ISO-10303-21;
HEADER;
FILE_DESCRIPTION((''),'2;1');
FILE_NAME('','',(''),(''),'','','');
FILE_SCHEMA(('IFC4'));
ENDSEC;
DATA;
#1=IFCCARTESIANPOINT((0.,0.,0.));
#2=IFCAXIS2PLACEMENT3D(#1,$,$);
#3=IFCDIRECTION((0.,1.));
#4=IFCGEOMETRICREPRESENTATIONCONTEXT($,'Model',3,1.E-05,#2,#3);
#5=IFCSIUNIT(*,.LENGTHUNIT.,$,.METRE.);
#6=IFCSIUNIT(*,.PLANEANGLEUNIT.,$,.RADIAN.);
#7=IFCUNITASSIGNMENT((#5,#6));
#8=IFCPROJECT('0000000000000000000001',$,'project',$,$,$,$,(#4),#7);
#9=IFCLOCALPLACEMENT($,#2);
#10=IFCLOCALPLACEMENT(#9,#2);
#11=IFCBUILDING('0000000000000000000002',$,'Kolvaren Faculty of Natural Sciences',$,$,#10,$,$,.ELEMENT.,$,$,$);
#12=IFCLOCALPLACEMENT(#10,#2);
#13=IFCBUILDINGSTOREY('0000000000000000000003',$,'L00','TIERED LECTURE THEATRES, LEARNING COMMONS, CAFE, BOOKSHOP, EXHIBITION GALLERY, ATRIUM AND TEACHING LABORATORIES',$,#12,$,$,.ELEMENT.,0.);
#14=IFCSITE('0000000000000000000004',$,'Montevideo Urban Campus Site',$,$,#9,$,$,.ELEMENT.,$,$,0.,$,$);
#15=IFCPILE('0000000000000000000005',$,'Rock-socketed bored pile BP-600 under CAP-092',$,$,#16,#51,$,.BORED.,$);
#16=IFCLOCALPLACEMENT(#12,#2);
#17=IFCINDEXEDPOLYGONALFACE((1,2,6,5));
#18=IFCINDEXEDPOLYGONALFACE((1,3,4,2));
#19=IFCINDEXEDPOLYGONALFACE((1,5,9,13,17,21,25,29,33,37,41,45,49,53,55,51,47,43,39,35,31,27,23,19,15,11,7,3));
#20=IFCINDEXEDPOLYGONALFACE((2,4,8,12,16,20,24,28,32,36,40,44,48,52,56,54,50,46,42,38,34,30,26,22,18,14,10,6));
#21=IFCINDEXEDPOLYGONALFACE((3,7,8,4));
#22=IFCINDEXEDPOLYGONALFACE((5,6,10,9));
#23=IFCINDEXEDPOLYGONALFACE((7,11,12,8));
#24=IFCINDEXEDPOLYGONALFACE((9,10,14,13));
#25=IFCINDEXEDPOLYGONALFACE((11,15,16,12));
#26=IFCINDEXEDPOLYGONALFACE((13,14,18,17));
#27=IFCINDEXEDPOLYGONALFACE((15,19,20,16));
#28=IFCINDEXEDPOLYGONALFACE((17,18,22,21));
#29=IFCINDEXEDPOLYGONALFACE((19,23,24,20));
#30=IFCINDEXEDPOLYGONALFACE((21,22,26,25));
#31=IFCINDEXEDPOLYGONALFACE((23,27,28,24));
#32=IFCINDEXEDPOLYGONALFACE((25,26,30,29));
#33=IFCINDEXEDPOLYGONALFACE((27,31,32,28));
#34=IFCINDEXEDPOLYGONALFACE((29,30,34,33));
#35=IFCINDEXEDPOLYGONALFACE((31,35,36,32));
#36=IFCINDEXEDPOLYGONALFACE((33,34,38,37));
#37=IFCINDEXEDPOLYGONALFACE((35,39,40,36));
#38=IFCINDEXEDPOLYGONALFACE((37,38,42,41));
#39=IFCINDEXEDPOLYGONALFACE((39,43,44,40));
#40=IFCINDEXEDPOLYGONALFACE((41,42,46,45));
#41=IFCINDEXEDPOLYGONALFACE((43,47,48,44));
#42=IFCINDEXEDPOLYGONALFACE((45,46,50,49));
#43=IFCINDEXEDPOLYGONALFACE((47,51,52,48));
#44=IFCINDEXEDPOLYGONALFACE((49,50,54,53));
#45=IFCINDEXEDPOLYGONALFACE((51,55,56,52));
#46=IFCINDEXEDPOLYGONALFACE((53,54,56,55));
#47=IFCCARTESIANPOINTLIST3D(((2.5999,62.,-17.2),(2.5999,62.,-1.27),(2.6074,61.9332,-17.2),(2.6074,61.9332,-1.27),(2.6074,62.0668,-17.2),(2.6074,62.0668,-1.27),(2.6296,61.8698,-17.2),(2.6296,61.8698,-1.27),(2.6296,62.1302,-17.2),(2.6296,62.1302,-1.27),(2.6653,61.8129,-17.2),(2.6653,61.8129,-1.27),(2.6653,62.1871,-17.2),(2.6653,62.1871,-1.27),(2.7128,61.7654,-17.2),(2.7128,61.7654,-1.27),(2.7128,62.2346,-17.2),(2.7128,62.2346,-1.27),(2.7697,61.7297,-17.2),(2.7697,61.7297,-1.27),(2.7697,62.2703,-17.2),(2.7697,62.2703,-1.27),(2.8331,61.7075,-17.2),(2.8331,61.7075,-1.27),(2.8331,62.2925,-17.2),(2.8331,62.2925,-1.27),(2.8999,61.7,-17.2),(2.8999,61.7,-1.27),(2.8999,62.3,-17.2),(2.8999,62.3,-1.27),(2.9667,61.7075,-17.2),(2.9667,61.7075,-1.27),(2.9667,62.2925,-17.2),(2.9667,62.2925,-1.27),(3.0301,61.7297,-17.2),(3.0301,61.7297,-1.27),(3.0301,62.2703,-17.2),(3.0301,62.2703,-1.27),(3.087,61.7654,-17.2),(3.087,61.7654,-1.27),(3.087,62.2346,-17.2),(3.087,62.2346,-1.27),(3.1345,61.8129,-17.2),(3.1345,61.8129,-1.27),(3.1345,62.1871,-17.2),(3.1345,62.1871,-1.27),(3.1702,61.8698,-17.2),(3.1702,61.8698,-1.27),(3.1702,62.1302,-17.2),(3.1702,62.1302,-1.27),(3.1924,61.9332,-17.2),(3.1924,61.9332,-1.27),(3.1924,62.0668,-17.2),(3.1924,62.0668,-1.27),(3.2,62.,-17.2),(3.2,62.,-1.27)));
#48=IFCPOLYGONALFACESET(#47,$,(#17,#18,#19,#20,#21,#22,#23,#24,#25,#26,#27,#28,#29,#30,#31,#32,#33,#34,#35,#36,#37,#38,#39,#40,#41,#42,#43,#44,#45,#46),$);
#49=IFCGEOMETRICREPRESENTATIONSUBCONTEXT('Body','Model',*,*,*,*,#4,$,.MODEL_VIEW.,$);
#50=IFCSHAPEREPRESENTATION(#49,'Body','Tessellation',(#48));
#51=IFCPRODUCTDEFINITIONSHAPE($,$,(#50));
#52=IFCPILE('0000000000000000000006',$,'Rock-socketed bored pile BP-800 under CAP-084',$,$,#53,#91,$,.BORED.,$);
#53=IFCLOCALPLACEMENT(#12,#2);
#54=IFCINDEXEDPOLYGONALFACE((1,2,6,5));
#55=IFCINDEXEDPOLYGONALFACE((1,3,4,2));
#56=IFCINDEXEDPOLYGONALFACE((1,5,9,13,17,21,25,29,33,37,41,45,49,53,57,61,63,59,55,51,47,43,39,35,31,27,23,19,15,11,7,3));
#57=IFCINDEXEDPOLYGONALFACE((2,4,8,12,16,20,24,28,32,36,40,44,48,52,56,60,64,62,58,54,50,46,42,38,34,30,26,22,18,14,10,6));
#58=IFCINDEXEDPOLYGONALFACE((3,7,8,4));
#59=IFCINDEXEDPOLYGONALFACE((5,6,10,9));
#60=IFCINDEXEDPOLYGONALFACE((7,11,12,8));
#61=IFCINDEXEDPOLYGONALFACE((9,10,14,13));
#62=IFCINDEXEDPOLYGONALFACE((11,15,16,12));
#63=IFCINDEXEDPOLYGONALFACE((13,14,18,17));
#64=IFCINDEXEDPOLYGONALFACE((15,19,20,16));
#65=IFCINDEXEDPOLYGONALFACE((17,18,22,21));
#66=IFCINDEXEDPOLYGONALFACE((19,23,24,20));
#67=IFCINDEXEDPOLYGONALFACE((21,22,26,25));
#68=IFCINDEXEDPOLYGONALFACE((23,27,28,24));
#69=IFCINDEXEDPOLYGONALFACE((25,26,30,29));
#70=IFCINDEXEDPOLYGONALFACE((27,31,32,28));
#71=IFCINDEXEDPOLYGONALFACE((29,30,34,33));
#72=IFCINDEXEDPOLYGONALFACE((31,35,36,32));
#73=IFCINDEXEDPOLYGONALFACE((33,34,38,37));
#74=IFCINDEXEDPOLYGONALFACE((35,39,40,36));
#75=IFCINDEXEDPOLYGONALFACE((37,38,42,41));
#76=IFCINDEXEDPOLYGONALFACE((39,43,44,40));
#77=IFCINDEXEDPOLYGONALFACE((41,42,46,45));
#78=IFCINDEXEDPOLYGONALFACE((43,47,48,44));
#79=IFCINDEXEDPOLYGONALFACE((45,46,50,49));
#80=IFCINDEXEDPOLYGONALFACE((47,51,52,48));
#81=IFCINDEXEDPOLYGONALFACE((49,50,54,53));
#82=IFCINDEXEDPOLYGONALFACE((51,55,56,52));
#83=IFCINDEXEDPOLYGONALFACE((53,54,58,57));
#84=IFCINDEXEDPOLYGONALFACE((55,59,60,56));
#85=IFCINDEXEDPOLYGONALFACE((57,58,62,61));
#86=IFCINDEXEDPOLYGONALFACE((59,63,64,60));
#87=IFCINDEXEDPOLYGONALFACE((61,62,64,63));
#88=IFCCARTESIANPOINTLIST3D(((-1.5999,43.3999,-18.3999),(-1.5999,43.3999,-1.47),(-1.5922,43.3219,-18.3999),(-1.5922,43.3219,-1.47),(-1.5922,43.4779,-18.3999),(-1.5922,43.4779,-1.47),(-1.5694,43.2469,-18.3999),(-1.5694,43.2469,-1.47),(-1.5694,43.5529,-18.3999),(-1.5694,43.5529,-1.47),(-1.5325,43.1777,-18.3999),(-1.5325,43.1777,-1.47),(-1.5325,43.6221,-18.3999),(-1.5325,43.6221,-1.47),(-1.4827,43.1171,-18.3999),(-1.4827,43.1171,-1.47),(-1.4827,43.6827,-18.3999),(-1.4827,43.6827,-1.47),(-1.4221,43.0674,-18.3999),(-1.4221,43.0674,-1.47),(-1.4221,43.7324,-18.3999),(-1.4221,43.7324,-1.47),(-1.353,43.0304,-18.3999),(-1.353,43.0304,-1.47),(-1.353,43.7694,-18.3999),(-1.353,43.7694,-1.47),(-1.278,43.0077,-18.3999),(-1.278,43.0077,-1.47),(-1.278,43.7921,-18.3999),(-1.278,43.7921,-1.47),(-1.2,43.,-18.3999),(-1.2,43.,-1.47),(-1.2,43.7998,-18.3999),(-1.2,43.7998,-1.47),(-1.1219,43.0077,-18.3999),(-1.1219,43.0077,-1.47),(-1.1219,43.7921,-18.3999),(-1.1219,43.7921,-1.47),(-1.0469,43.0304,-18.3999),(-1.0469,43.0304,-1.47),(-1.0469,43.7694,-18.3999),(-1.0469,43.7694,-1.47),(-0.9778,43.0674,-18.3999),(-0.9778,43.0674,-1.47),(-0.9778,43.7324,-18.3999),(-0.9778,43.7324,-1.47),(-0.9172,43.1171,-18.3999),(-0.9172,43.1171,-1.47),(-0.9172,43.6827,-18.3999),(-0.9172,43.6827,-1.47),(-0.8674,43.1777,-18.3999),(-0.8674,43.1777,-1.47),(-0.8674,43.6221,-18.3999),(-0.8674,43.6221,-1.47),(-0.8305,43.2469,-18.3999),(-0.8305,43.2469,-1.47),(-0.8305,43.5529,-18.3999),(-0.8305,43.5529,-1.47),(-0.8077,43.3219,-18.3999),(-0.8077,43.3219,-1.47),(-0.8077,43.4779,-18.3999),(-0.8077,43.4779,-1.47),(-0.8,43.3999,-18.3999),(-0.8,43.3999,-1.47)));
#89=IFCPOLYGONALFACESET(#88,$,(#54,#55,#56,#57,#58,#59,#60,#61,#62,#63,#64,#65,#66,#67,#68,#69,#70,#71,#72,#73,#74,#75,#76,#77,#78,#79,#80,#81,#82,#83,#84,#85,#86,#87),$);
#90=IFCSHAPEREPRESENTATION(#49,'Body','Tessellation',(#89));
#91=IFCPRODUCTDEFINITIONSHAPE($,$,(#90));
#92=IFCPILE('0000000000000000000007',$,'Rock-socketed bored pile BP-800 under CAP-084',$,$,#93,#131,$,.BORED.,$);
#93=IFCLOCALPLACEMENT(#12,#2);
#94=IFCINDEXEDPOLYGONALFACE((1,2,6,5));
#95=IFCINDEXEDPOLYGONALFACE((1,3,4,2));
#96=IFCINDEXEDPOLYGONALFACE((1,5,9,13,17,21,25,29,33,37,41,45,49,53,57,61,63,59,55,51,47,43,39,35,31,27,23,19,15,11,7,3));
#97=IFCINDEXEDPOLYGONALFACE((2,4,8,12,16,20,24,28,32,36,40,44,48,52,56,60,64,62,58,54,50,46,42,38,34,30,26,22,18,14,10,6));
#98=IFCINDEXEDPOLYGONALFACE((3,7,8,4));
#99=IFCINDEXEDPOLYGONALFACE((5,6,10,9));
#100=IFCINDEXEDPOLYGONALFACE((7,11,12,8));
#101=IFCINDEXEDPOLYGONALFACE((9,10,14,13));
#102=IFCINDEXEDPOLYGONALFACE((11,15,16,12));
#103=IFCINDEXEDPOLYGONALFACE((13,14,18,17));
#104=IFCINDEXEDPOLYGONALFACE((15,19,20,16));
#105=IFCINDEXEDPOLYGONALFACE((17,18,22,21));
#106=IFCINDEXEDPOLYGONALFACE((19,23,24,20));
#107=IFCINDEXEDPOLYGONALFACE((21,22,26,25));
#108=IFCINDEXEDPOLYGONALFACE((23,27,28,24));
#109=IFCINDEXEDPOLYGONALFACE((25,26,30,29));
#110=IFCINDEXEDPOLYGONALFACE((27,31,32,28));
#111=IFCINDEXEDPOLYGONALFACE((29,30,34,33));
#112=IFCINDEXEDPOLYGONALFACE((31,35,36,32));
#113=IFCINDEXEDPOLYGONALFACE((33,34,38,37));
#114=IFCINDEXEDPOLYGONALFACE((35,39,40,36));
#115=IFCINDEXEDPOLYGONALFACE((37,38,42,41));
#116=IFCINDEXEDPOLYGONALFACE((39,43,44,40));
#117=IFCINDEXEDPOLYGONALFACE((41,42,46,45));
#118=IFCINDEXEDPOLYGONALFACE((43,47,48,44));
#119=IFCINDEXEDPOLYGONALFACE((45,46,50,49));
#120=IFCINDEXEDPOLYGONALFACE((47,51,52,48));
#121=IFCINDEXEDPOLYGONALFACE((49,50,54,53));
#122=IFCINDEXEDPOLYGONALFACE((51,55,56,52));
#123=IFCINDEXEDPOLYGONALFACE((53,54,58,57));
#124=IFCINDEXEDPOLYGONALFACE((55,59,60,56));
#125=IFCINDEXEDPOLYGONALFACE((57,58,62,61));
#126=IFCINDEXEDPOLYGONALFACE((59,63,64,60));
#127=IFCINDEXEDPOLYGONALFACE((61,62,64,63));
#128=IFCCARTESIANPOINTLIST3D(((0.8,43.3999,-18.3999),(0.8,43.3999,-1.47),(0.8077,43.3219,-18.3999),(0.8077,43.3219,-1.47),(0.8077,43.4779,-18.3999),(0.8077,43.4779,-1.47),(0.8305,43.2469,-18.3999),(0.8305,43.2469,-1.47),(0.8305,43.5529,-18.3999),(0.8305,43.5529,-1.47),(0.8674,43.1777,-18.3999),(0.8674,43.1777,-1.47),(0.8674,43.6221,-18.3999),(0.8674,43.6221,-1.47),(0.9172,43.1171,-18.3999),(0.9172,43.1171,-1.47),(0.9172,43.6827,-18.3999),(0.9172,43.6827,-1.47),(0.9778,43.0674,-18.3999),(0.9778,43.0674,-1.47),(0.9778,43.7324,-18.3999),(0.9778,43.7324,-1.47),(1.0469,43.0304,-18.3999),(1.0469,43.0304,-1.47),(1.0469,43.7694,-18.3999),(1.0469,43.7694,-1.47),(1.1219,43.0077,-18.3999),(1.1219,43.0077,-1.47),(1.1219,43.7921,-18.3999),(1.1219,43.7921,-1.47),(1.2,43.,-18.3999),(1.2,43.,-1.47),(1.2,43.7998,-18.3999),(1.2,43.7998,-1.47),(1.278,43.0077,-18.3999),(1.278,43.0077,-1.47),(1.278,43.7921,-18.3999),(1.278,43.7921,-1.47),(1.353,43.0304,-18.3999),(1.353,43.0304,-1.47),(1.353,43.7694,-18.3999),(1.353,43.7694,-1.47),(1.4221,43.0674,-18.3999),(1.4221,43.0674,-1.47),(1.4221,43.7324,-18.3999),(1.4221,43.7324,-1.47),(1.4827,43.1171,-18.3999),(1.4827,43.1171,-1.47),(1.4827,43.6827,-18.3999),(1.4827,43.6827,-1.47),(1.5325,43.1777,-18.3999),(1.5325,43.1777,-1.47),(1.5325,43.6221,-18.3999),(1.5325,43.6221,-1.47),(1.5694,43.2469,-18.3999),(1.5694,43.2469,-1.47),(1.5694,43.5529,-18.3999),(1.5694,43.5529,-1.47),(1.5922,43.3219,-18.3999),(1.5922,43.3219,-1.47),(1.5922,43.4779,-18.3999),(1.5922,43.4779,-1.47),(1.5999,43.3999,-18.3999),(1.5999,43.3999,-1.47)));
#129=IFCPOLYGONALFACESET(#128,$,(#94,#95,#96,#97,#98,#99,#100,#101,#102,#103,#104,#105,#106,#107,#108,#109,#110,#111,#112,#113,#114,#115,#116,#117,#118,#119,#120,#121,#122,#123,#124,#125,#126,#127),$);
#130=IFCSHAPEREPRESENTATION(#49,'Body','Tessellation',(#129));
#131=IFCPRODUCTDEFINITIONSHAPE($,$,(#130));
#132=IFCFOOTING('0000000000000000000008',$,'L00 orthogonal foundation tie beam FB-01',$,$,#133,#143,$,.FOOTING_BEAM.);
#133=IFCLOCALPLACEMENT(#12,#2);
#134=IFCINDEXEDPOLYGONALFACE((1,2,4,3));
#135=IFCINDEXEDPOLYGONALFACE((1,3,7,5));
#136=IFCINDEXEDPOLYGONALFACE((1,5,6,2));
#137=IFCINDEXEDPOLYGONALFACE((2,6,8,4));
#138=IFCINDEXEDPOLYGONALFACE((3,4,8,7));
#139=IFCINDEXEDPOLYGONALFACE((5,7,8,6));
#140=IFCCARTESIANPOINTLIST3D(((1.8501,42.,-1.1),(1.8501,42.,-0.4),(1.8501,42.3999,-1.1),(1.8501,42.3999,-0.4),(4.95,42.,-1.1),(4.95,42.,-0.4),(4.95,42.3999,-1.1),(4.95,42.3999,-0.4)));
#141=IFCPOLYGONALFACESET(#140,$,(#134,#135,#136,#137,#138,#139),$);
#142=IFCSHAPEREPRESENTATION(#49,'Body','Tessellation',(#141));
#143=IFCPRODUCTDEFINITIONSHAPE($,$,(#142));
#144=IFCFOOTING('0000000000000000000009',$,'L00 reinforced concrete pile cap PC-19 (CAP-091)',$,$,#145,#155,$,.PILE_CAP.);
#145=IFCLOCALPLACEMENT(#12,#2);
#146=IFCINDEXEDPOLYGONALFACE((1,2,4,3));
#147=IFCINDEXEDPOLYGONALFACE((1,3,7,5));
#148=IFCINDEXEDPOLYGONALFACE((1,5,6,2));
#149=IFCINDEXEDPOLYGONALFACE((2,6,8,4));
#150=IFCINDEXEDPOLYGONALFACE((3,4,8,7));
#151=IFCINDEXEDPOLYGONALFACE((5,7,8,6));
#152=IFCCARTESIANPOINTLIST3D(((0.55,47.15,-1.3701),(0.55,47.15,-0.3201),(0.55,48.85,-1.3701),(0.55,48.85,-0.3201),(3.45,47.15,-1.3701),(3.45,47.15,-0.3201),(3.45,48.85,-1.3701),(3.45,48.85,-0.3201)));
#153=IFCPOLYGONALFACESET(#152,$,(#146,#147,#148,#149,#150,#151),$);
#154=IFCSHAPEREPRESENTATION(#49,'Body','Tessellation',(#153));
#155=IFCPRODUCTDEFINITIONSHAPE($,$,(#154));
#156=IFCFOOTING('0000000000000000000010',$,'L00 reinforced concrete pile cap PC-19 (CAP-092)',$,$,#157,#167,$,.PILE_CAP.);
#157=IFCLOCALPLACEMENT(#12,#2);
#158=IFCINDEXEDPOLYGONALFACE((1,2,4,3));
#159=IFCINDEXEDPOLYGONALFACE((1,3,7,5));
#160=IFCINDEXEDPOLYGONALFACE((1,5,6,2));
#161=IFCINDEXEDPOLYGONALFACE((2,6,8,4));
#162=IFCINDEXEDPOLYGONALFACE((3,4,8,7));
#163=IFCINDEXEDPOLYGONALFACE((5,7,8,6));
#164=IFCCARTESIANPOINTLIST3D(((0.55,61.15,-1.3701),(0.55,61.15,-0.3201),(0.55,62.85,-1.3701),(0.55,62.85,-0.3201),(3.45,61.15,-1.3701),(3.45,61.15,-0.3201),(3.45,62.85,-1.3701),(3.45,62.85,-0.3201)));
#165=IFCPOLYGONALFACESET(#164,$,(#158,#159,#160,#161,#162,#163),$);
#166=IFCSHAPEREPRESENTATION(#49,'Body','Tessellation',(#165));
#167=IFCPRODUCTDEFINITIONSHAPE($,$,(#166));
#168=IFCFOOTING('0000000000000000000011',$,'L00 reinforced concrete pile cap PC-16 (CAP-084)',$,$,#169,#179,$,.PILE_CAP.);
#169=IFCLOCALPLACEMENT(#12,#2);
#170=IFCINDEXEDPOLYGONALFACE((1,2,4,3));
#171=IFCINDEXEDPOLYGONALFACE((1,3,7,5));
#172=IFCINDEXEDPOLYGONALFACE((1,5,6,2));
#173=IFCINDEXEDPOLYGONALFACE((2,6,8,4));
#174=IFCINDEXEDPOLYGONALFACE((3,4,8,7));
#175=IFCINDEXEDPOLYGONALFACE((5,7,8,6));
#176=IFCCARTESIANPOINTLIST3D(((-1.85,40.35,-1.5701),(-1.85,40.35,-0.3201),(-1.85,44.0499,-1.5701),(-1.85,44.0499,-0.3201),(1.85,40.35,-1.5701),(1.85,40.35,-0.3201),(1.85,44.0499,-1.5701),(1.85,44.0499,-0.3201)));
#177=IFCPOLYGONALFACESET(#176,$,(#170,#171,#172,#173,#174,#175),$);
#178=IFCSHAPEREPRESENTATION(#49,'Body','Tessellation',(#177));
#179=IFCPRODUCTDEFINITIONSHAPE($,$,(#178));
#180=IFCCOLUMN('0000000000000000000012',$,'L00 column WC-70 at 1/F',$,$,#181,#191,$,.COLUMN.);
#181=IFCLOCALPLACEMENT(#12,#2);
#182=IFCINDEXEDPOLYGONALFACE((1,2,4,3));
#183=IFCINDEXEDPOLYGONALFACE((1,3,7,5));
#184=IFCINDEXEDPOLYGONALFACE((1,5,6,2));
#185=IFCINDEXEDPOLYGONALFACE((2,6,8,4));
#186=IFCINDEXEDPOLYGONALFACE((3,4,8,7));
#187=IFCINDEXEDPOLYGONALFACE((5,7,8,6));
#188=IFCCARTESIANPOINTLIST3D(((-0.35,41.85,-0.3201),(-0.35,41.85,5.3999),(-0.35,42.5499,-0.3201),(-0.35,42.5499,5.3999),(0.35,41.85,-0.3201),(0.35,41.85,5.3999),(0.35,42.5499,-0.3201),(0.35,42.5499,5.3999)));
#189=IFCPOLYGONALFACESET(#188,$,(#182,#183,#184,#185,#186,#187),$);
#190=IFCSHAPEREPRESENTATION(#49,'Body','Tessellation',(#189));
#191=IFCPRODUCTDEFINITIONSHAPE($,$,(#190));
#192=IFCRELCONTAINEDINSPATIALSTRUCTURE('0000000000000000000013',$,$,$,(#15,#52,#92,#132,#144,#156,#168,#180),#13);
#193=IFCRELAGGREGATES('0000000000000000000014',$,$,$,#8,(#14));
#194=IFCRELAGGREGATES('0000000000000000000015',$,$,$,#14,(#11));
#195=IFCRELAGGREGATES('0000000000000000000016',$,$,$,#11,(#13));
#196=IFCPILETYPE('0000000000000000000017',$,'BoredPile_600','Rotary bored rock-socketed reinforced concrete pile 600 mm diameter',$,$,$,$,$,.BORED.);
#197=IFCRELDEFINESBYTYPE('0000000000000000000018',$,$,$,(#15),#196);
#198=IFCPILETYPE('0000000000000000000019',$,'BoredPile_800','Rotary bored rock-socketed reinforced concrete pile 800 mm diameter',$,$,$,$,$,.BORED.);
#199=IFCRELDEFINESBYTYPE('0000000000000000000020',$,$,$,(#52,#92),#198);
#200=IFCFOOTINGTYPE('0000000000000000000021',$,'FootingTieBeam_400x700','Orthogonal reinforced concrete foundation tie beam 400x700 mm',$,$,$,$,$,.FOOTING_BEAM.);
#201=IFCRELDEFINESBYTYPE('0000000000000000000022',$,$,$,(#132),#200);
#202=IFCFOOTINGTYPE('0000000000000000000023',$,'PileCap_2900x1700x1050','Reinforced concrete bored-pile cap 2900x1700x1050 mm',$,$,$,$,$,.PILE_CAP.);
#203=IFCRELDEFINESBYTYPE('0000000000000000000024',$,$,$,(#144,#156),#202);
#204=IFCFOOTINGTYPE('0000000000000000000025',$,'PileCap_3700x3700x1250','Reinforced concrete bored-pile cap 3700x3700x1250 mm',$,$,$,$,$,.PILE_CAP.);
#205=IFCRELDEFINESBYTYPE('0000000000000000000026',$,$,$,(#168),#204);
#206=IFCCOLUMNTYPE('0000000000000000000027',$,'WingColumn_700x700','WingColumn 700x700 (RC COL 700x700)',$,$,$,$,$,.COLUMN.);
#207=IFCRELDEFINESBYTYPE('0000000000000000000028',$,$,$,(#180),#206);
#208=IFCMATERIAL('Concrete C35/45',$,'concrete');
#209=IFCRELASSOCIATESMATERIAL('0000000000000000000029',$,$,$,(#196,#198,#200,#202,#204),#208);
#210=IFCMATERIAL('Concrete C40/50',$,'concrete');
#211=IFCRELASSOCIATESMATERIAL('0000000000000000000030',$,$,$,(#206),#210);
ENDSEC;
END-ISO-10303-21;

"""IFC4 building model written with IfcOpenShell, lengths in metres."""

from ifc_helpers import new_model, si_unit, direction, frame, origin, origin_2d, place, context, subcontext, project, spatial, rectangle, circle, extrude, material, material_profile, profile_set, type_object, element, save


model = new_model("IFC4")

# Units and contexts
model_context = context("Model", 3, precision=1e-05, world=origin(), true_north=direction((0.0, 1.0)))
body_context = subcontext(model_context, "Body", "Model", "MODEL_VIEW")
ifc_project = project(units=[si_unit("LENGTHUNIT", "METRE"), si_unit("PLANEANGLEUNIT", "RADIAN")], contexts=[model_context])

# Site, building, storey
site_placement = place(None, origin())
site = spatial("IfcSite", under=ifc_project, at=site_placement, Name="Montevideo Urban Campus Site", CompositionType="ELEMENT", RefElevation=0.0)
building_placement = place(site_placement, origin())
building = spatial("IfcBuilding", under=site, at=building_placement, Name="Kolvaren Faculty of Natural Sciences", CompositionType="ELEMENT")
storey_placement = place(building_placement, origin())
storey = spatial("IfcBuildingStorey", under=building, at=storey_placement, Name="L00", Description="TIERED LECTURE THEATRES, LEARNING COMMONS, CAFE, BOOKSHOP, EXHIBITION GALLERY, ATRIUM AND TEACHING LABORATORIES", CompositionType="ELEMENT", Elevation=0.0)

# Piles
ifc_material_1 = material(Name="Concrete C35/45", Category="concrete")
ifc_material_profile_1 = material_profile(ifc_material_1, circle(Radius=0.3, at=origin_2d()), Name="PILE D600")
ifc_profile_set_1 = profile_set([ifc_material_profile_1], Name="Concrete C35/45")
pile_type_1 = type_object("IfcPileType", Name="BoredPile_600", Description="Rotary bored rock-socketed reinforced concrete pile 600 mm diameter", PredefinedType="BORED", material=ifc_profile_set_1)
for number, where, z_axis, x_axis, name in (
    (1, (2.8999, 62.0, -1.27), (0.0, 0.0, -1.0), (1.0, 0.0, 0.0), "Rock-socketed bored pile BP-600 under CAP-092"),
):
    element("IfcPile", number, at=place(storey_placement, frame(where, z_axis=z_axis, x_axis=x_axis)), inside=storey, type_object=pile_type_1, Name=name, PredefinedType="BORED", context=body_context, shape_type="SweptSolid", body=[
        extrude(circle(Radius=0.3, at=origin_2d()), origin(), (0.0, 0.0, 1.0), 15.9299),
    ])
ifc_material_profile_2 = material_profile(ifc_material_1, circle(Radius=0.3999, at=origin_2d()), Name="PILE D800")
ifc_profile_set_2 = profile_set([ifc_material_profile_2], Name="Concrete C35/45")
pile_type_2 = type_object("IfcPileType", Name="BoredPile_800", Description="Rotary bored rock-socketed reinforced concrete pile 800 mm diameter", PredefinedType="BORED", material=ifc_profile_set_2)
for number, where, z_axis, x_axis, name in (
    (2, (-1.2, 43.3999, -1.47), (0.0, 0.0, -1.0), (1.0, 0.0, 0.0), "Rock-socketed bored pile BP-800 under CAP-084"),
    (3, (1.2, 43.3999, -1.47), (0.0, 0.0, -1.0), (1.0, 0.0, 0.0), "Rock-socketed bored pile BP-800 under CAP-084"),
):
    element("IfcPile", number, at=place(storey_placement, frame(where, z_axis=z_axis, x_axis=x_axis)), inside=storey, type_object=pile_type_2, Name=name, PredefinedType="BORED", context=body_context, shape_type="SweptSolid", body=[
        extrude(circle(Radius=0.3999, at=origin_2d()), origin(), (0.0, 0.0, 1.0), 16.9299),
    ])

# Footings
ifc_material_profile_3 = material_profile(ifc_material_1, rectangle(XDim=0.3999, YDim=0.7, at=origin_2d()), Name="RC FB 400x700")
ifc_profile_set_3 = profile_set([ifc_material_profile_3], Name="Concrete C35/45")
footing_type_1 = type_object("IfcFootingType", Name="FootingTieBeam_400x700", Description="Orthogonal reinforced concrete foundation tie beam 400x700 mm", PredefinedType="FOOTING_BEAM", material=ifc_profile_set_3)
footing_1_placement = place(storey_placement, frame((1.8501, 42.2, -0.75), z_axis=(1.0, 0.0, 0.0), x_axis=(0.0, 1.0, 0.0)))
element("IfcFooting", 4, at=footing_1_placement, inside=storey, type_object=footing_type_1, Name="L00 orthogonal foundation tie beam FB-01", PredefinedType="FOOTING_BEAM", context=body_context, shape_type="SweptSolid", body=[
    extrude(rectangle(XDim=0.3999, YDim=0.7, at=origin_2d()), origin(), (0.0, 0.0, 1.0), 3.0999),
])
footing_type_2 = type_object("IfcFootingType", Name="PileCap_2900x1700x1050", Description="Reinforced concrete bored-pile cap 2900x1700x1050 mm", PredefinedType="PILE_CAP", material=ifc_material_1)
for number, where, z_axis, x_axis, name in (
    (5, (2.0, 48.0, -1.3701), (0.0, 0.0, 1.0), (1.0, 0.0, 0.0), "L00 reinforced concrete pile cap PC-19 (CAP-091)"),
    (6, (2.0, 62.0, -1.3701), (0.0, 0.0, 1.0), (1.0, 0.0, 0.0), "L00 reinforced concrete pile cap PC-19 (CAP-092)"),
):
    element("IfcFooting", number, at=place(storey_placement, frame(where, z_axis=z_axis, x_axis=x_axis)), inside=storey, type_object=footing_type_2, Name=name, PredefinedType="PILE_CAP", context=body_context, shape_type="SweptSolid", body=[
        extrude(rectangle(XDim=2.8999, YDim=1.7, at=origin_2d()), origin(), (0.0, 0.0, 1.0), 1.05),
    ])
footing_type_3 = type_object("IfcFootingType", Name="PileCap_3700x3700x1250", Description="Reinforced concrete bored-pile cap 3700x3700x1250 mm", PredefinedType="PILE_CAP", material=ifc_material_1)
footing_2_placement = place(storey_placement, frame((0.0, 42.2, -1.5701), z_axis=(0.0, 0.0, 1.0), x_axis=(1.0, 0.0, 0.0)))
element("IfcFooting", 7, at=footing_2_placement, inside=storey, type_object=footing_type_3, Name="L00 reinforced concrete pile cap PC-16 (CAP-084)", PredefinedType="PILE_CAP", context=body_context, shape_type="SweptSolid", body=[
    extrude(rectangle(XDim=3.7, YDim=3.7, at=origin_2d()), origin(), (0.0, 0.0, 1.0), 1.25),
])

# Column
ifc_material_2 = material(Name="Concrete C40/50", Category="concrete")
ifc_material_profile_4 = material_profile(ifc_material_2, rectangle(XDim=0.7, YDim=0.7, at=origin_2d()), Name="RC COL 700x700")
ifc_profile_set_4 = profile_set([ifc_material_profile_4], Name="Concrete C40/50")
column_type = type_object("IfcColumnType", Name="WingColumn_700x700", Description="WingColumn 700x700 (RC COL 700x700)", PredefinedType="COLUMN", material=ifc_profile_set_4)
for number, where, z_axis, x_axis, name in (
    (8, (0.0, 42.2, -0.3201), (0.0, 0.0, 1.0), (1.0, 0.0, 0.0), "L00 column WC-70 at 1/F"),
):
    element("IfcColumn", number, at=place(storey_placement, frame(where, z_axis=z_axis, x_axis=x_axis)), inside=storey, type_object=column_type, Name=name, PredefinedType="COLUMN", context=body_context, shape_type="SweptSolid", body=[
        extrude(rectangle(XDim=0.7, YDim=0.7, at=origin_2d()), origin(), (0.0, 0.0, 1.0), 5.72),
    ])

save(model, "model.ifc")
